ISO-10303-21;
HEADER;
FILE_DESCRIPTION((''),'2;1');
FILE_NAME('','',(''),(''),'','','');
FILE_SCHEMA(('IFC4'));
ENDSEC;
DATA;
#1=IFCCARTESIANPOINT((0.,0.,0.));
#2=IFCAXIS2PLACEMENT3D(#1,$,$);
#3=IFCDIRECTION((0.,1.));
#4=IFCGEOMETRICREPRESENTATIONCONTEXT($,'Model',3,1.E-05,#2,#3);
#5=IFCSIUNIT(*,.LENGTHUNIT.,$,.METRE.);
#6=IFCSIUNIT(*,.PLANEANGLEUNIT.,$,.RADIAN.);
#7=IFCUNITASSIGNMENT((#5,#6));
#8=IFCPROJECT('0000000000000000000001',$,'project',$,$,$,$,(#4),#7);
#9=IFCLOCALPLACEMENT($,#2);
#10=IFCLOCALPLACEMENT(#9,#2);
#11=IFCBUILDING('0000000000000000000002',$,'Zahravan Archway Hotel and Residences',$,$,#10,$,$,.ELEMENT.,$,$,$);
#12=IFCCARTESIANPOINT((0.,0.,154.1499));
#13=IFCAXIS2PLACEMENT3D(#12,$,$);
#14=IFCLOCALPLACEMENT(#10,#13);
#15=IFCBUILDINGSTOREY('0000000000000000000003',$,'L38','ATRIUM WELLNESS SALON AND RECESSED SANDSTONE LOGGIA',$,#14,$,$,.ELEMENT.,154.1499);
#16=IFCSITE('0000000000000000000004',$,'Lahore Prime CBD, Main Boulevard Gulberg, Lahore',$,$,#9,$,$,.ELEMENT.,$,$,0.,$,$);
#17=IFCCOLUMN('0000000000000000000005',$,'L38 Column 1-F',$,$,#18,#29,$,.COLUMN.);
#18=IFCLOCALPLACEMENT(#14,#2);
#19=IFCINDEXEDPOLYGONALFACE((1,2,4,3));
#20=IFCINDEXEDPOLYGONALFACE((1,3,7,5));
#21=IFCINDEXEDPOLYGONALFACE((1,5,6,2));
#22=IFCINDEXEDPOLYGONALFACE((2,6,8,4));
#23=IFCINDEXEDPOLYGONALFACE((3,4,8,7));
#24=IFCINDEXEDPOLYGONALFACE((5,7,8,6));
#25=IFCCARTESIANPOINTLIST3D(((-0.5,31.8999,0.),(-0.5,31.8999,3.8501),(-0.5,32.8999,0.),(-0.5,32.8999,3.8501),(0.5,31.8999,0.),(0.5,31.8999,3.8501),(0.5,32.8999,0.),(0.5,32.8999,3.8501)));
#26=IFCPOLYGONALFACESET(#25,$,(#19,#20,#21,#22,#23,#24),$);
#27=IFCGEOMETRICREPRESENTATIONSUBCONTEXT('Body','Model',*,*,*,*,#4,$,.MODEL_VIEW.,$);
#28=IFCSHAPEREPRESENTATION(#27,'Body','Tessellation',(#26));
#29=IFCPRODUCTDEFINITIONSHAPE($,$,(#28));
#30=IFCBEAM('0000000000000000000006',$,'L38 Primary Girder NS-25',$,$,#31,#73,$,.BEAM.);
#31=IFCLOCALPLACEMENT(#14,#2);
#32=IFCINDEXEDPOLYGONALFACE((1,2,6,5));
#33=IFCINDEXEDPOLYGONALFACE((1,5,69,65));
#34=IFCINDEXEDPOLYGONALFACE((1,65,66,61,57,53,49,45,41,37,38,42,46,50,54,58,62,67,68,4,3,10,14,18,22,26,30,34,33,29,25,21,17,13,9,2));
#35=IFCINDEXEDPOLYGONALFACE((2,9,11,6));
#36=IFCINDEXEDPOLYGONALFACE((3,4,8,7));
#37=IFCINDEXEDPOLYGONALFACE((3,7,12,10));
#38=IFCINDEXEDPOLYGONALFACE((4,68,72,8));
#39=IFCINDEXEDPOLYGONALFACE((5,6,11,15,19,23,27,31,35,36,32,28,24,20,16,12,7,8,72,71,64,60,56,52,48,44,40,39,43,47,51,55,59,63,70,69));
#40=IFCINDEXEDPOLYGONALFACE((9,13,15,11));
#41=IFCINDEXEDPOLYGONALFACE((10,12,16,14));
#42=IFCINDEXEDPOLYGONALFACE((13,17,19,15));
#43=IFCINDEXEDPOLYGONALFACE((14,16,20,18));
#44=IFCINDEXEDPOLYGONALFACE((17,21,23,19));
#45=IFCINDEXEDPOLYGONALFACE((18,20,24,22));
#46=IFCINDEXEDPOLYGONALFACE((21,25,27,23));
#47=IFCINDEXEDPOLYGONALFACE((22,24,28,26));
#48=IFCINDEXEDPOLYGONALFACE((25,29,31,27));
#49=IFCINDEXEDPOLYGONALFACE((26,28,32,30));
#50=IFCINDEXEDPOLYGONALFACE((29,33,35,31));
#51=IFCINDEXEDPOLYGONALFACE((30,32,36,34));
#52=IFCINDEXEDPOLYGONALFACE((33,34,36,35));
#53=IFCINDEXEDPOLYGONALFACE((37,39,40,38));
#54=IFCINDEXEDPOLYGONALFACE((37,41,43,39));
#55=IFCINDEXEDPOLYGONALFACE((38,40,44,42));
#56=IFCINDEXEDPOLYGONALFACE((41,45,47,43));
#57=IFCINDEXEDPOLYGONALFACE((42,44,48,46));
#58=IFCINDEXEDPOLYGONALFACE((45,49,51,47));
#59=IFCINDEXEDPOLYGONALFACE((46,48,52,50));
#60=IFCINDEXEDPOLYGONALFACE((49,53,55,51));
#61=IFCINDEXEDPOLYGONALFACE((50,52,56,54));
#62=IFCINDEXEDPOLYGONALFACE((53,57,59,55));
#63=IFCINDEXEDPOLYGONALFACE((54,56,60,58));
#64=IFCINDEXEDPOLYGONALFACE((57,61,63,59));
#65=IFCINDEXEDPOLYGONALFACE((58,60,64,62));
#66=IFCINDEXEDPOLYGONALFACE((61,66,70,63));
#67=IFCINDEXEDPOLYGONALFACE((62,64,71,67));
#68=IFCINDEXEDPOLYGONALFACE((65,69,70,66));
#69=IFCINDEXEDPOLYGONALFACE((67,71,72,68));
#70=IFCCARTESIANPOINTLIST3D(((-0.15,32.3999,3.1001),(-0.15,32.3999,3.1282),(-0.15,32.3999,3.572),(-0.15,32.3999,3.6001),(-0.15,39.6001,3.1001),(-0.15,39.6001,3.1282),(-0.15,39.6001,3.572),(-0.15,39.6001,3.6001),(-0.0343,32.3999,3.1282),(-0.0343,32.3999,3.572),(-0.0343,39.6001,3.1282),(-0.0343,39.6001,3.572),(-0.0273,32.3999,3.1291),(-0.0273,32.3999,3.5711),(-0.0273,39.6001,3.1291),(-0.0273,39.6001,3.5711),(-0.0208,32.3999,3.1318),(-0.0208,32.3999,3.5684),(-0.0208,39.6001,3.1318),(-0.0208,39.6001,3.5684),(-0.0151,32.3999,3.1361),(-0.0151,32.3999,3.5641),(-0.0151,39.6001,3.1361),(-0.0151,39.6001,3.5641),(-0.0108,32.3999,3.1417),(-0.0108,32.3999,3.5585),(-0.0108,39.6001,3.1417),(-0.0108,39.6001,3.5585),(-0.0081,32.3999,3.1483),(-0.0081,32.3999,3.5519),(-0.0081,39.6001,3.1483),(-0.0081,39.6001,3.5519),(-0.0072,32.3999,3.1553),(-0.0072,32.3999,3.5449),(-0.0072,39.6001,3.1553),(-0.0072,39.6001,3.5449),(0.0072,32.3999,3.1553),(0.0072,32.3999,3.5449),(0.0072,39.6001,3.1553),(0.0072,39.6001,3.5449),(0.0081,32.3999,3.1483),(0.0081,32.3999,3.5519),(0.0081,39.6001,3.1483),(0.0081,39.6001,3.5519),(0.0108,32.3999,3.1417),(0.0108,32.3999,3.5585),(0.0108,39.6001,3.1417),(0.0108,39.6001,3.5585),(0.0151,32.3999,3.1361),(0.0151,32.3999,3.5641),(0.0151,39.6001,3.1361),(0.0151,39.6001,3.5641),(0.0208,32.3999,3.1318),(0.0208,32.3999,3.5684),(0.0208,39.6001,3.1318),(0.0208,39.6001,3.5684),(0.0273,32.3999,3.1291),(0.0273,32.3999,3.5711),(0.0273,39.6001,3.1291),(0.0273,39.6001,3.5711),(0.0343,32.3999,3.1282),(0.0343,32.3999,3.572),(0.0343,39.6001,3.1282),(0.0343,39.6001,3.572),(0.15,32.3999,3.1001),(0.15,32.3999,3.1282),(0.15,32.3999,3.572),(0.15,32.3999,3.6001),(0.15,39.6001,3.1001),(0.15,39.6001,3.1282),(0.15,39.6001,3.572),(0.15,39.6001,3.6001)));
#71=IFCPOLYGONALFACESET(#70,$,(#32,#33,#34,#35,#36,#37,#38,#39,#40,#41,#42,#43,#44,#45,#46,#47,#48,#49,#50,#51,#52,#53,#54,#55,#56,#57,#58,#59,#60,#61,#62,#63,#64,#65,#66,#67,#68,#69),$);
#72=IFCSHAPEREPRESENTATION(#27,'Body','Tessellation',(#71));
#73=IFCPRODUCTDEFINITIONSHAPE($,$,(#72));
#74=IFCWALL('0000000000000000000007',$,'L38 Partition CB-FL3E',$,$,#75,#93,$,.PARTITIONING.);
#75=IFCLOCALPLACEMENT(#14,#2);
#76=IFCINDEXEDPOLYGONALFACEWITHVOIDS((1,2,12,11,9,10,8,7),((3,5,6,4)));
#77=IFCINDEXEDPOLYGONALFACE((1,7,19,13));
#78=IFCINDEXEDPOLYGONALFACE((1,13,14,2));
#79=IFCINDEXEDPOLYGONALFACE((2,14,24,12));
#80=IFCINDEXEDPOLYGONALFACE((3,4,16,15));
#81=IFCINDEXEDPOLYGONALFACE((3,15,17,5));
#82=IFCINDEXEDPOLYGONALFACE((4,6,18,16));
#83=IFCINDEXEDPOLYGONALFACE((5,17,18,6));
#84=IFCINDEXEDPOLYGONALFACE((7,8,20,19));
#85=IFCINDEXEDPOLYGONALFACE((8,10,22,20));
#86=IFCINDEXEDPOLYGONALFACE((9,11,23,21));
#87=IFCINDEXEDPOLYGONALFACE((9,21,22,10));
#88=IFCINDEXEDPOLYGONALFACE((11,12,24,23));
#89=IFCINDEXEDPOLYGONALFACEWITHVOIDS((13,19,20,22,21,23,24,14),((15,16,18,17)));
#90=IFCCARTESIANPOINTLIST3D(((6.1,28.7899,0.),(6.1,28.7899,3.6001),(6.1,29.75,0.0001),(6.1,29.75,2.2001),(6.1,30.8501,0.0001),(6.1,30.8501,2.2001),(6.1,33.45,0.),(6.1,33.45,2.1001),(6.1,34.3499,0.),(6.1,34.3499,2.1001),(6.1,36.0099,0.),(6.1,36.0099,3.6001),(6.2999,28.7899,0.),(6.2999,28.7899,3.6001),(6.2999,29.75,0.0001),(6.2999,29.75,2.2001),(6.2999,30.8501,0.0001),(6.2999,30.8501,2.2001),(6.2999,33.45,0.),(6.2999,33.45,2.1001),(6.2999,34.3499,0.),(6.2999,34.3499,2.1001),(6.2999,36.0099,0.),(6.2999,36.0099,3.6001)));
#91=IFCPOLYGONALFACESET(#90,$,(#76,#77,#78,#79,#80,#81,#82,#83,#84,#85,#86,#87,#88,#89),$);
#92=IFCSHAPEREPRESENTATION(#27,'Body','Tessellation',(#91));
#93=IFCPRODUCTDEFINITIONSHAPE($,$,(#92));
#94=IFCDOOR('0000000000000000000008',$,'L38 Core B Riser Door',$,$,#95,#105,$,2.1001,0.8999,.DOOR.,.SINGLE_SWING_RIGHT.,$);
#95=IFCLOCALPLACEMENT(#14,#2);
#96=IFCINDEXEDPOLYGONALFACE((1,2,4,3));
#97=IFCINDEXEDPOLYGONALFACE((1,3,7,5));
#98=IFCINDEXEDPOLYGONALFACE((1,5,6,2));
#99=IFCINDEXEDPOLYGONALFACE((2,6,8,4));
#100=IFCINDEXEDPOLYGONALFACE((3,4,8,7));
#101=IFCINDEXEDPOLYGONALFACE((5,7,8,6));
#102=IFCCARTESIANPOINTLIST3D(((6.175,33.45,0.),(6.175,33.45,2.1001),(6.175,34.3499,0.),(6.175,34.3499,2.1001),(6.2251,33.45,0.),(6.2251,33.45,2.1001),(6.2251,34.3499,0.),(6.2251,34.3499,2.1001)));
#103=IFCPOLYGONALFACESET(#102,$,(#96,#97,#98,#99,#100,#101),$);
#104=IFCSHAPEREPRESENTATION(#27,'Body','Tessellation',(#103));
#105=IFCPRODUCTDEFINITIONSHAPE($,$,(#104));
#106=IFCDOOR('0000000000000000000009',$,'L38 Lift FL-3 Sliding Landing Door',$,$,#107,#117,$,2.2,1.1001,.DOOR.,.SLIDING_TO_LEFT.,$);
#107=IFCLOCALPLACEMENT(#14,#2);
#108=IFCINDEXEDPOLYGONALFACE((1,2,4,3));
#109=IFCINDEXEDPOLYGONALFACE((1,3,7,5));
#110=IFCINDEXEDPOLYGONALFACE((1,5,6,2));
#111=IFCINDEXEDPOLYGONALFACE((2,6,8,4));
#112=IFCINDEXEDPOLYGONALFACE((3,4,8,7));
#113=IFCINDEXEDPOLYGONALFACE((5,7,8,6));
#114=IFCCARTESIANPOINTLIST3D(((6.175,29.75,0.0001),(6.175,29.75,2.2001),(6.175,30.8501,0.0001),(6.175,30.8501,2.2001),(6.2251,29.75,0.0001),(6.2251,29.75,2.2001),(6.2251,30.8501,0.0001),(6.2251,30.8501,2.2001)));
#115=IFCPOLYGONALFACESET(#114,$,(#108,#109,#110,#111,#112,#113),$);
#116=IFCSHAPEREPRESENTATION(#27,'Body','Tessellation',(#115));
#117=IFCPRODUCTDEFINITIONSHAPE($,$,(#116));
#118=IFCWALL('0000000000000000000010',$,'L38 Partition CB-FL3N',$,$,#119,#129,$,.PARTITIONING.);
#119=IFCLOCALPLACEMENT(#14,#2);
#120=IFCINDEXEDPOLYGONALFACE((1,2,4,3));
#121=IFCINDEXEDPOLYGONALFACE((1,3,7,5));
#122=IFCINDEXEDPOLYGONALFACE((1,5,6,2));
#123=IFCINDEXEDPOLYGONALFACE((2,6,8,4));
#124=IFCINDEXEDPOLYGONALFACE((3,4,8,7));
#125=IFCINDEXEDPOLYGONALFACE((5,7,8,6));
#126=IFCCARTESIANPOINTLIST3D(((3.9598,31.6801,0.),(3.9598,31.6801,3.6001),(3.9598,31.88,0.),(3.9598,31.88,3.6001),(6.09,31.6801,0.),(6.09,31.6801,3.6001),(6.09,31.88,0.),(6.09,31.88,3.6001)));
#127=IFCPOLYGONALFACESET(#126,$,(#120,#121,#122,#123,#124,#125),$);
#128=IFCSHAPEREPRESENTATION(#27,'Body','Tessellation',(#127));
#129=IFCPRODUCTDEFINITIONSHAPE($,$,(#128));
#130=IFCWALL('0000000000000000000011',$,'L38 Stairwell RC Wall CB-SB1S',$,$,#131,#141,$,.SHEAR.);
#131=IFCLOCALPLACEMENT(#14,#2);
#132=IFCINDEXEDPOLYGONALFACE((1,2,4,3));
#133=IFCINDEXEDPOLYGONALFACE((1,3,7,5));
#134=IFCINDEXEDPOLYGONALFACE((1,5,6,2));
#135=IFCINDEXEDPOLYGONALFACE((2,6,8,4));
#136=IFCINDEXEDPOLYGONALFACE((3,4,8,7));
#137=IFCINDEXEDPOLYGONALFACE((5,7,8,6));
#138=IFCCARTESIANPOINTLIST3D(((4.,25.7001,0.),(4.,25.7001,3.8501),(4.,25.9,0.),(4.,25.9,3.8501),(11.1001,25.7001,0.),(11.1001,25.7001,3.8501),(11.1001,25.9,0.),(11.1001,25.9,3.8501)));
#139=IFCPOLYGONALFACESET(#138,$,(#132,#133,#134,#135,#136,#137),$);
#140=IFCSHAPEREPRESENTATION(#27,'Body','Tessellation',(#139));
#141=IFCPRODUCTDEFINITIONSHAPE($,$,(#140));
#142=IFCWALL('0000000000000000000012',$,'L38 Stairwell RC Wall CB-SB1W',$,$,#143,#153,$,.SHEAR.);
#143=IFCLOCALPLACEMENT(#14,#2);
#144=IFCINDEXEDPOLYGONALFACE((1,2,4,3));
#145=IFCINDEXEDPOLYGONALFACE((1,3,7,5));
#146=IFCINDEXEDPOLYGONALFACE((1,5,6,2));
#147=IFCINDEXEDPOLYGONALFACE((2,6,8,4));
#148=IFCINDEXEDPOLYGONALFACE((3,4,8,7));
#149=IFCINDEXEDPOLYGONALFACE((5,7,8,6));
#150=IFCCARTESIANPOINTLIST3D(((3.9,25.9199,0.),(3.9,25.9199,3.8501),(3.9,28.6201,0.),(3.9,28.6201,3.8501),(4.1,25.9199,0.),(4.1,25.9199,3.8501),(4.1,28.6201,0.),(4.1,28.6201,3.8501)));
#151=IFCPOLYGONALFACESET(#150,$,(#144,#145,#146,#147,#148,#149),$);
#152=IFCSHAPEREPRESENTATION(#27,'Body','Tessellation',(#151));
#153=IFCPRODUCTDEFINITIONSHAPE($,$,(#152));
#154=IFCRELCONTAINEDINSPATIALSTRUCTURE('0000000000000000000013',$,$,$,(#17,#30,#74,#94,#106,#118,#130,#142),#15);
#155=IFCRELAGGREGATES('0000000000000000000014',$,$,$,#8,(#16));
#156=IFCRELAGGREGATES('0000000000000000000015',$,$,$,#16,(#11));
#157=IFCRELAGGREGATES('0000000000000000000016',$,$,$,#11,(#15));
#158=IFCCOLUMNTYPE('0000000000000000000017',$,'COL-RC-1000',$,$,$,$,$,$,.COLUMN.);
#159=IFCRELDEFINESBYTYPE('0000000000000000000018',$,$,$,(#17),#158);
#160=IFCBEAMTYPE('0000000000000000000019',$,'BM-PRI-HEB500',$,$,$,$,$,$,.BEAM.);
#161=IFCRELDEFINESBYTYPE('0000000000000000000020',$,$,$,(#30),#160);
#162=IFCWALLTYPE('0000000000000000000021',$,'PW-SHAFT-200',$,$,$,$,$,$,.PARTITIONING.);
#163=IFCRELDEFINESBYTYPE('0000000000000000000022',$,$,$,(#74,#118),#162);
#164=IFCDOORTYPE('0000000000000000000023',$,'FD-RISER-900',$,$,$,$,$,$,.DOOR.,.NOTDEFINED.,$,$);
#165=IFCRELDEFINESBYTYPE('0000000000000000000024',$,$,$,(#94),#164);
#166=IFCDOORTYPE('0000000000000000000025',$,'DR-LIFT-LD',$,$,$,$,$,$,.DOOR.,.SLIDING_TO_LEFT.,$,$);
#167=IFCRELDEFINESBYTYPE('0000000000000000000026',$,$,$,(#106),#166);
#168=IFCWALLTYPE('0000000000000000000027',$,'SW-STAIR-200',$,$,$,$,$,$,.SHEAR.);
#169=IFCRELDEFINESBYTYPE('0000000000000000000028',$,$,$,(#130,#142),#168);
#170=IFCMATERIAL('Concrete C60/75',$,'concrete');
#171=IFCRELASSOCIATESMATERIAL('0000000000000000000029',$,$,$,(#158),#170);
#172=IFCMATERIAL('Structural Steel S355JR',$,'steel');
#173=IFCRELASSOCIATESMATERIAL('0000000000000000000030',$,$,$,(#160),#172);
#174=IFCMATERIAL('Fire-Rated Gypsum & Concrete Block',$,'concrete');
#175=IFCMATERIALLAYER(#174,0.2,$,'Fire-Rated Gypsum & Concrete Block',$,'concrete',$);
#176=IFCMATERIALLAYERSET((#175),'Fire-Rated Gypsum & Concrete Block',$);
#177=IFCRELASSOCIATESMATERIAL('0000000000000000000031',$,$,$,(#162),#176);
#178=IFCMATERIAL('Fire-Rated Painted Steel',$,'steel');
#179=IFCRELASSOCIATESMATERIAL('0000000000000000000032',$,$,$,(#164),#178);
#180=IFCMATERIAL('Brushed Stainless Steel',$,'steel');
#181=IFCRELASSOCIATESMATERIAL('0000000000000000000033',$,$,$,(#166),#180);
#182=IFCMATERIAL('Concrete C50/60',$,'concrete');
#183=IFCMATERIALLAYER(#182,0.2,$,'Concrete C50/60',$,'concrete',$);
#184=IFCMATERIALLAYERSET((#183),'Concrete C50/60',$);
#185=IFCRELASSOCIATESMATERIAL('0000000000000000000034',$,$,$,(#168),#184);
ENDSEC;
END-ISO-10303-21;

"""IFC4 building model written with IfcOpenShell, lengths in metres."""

from ifc_helpers import new_model, si_unit, direction, frame, frame_2d, origin, origin_2d, place, context, subcontext, project, spatial, rectangle, i_section, extrude, source, transform, mapped, material, layer, layer_set, material_profile, profile_set, type_object, type_shapes, element, fill, save


model = new_model("IFC4")

# Units and contexts
model_context = context("Model", 3, precision=1e-05, world=origin(), true_north=direction((0.0, 1.0)))
body_context = subcontext(model_context, "Body", "Model", "MODEL_VIEW")
ifc_project = project(units=[si_unit("LENGTHUNIT", "METRE"), si_unit("PLANEANGLEUNIT", "RADIAN")], contexts=[model_context])

# Site, building, storey
site_placement = place(None, origin())
site = spatial("IfcSite", under=ifc_project, at=site_placement, Name="Lahore Prime CBD, Main Boulevard Gulberg, Lahore", CompositionType="ELEMENT", RefElevation=0.0)
building_placement = place(site_placement, origin())
building = spatial("IfcBuilding", under=site, at=building_placement, Name="Zahravan Archway Hotel and Residences", CompositionType="ELEMENT")
storey_placement = place(building_placement, frame((0.0, 0.0, 154.1499)))
storey = spatial("IfcBuildingStorey", under=building, at=storey_placement, Name="L38", Description="ATRIUM WELLNESS SALON AND RECESSED SANDSTONE LOGGIA", CompositionType="ELEMENT", Elevation=154.1499)

# Column
ifc_material_1 = material(Name="Concrete C60/75", Category="concrete")
ifc_material_profile_1 = material_profile(ifc_material_1, rectangle(XDim=1.0, YDim=1.0, at=origin_2d()), Name="RC-COL-1000x1000", Category="concrete")
ifc_profile_set_1 = profile_set([ifc_material_profile_1], Name="Concrete C60/75")
column_type = type_object("IfcColumnType", Name="COL-RC-1000", PredefinedType="COLUMN", material=ifc_profile_set_1)
shared_shape_1 = source(origin(), body_context, "Body", "SweptSolid", [
    extrude(rectangle(XDim=1.0, YDim=1.0, at=origin_2d()), origin(), (0.0, 0.0, 1.0), 3.8501),
])
column_placement = place(storey_placement, frame((0.0, 32.3999, 0.0), z_axis=(0.0, 0.0, 1.0), x_axis=(1.0, 0.0, 0.0)))
element("IfcColumn", 1, at=column_placement, inside=storey, type_object=column_type, Name="L38 Column 1-F", PredefinedType="COLUMN", context=body_context, shape_type="MappedRepresentation", body=[
    mapped(shared_shape_1, transform((0.0, 0.0, 0.0), scale=1.0)),
])

# Beam
ifc_material_2 = material(Name="Structural Steel S355JR", Category="steel")
ifc_material_profile_2 = material_profile(ifc_material_2, i_section(OverallWidth=0.3, OverallDepth=0.5, WebThickness=0.0144, FlangeThickness=0.0281, FilletRadius=0.0271, at=origin_2d()), Name="HEB 500", Category="steel")
ifc_profile_set_2 = profile_set([ifc_material_profile_2], Name="Structural Steel S355JR")
beam_type = type_object("IfcBeamType", Name="BM-PRI-HEB500", PredefinedType="BEAM", material=ifc_profile_set_2)
shared_shape_2 = source(origin(), body_context, "Body", "SweptSolid", [
    extrude(i_section(OverallWidth=0.3, OverallDepth=0.5, WebThickness=0.0144, FlangeThickness=0.0281, FilletRadius=0.0271, at=origin_2d()), origin(), (0.0, 0.0, 1.0), 7.2002),
])
type_shapes(beam_type, [shared_shape_2])
beam_placement = place(storey_placement, frame((0.0, 32.3999, 3.3501), z_axis=(0.0, 1.0, 0.0), x_axis=(-1.0, 0.0, 0.0)))
element("IfcBeam", 2, at=beam_placement, inside=storey, type_object=beam_type, Name="L38 Primary Girder NS-25", PredefinedType="BEAM", context=body_context, shape_type="MappedRepresentation", body=[
    mapped(shared_shape_2, transform((0.0, 0.0, 0.0), scale=1.0)),
])

# Wall, openings, doors
ifc_material_3 = material(Name="Fire-Rated Gypsum & Concrete Block", Category="concrete")
ifc_layer_1 = layer(ifc_material_3, 0.2, Name="Fire-Rated Gypsum & Concrete Block", Category="concrete")
ifc_layer_set_1 = layer_set([ifc_layer_1], Name="Fire-Rated Gypsum & Concrete Block")
wall_type_1 = type_object("IfcWallType", Name="PW-SHAFT-200", PredefinedType="PARTITIONING", material=ifc_layer_set_1)
wall_1_placement = place(storey_placement, frame((6.2, 28.79, 0.0), z_axis=(0.0, 0.0, 1.0), x_axis=(0.0, 1.0, 0.0)))
wall_1 = element("IfcWall", 3, at=wall_1_placement, inside=storey, type_object=wall_type_1, Name="L38 Partition CB-FL3E", PredefinedType="PARTITIONING", context=body_context, shape_type="SweptSolid", body=[
    extrude(rectangle(XDim=7.22, YDim=0.2, at=frame_2d((3.6099, 0.0))), origin(), (0.0, 0.0, 1.0), 3.6001),
])
opening_1_placement = place(wall_1_placement, frame((4.6599, 0.0, 0.0)))
opening_1 = element("IfcOpeningElement", 4, at=opening_1_placement, cuts=wall_1, PredefinedType="OPENING", context=body_context, shape_type="SweptSolid", body=[
    extrude(rectangle(XDim=0.8999, YDim=2.1001, at=frame_2d((0.45, 1.05))), frame((0.0, 0.1099, 0.0), z_axis=(0.0, -1.0, 0.0), x_axis=(1.0, 0.0, 0.0)), (0.0, 0.0, 1.0), 0.22),
])
opening_2_placement = place(wall_1_placement, frame((0.96, 0.0, 0.0)))
opening_2 = element("IfcOpeningElement", 5, at=opening_2_placement, cuts=wall_1, PredefinedType="OPENING", context=body_context, shape_type="SweptSolid", body=[
    extrude(rectangle(XDim=1.1001, YDim=2.2, at=frame_2d((0.55, 1.1001))), frame((0.0, 0.1099, 0.0), z_axis=(0.0, -1.0, 0.0), x_axis=(1.0, 0.0, 0.0)), (0.0, 0.0, 1.0), 0.22),
])
ifc_material_4 = material(Name="Fire-Rated Painted Steel", Category="steel")
door_type_1 = type_object("IfcDoorType", Name="FD-RISER-900", OperationType="NOTDEFINED", PredefinedType="DOOR", material=ifc_material_4)
shared_shape_3 = source(origin(), body_context, "Body", "SweptSolid", [
    extrude(rectangle(XDim=0.8999, YDim=2.1001, at=frame_2d((0.45, 1.05))), frame((0.0, 0.0249, 0.0), z_axis=(0.0, -1.0, 0.0), x_axis=(1.0, 0.0, 0.0)), (0.0, 0.0, 1.0), 0.05),
])
type_shapes(door_type_1, [shared_shape_3])
door_1_placement = place(opening_1_placement, origin())
door_1 = element("IfcDoor", 6, at=door_1_placement, inside=storey, type_object=door_type_1, Name="L38 Core B Riser Door", OperationType="SINGLE_SWING_RIGHT", OverallHeight=2.1001, OverallWidth=0.8999, PredefinedType="DOOR", context=body_context, shape_type="MappedRepresentation", body=[
    mapped(shared_shape_3, transform((0.0, 0.0, 0.0), scale=1.0)),
])
fill(opening_1, door_1)
ifc_material_5 = material(Name="Brushed Stainless Steel", Category="steel")
door_type_2 = type_object("IfcDoorType", Name="DR-LIFT-LD", OperationType="SLIDING_TO_LEFT", PredefinedType="DOOR", material=ifc_material_5)
shared_shape_4 = source(origin(), body_context, "Body", "SweptSolid", [
    extrude(rectangle(XDim=1.1001, YDim=2.2, at=frame_2d((0.55, 1.1001))), frame((0.0, 0.0249, 0.0), z_axis=(0.0, -1.0, 0.0), x_axis=(1.0, 0.0, 0.0)), (0.0, 0.0, 1.0), 0.05),
])
type_shapes(door_type_2, [shared_shape_4])
door_2_placement = place(opening_2_placement, origin())
door_2 = element("IfcDoor", 7, at=door_2_placement, inside=storey, type_object=door_type_2, Name="L38 Lift FL-3 Sliding Landing Door", OperationType="SLIDING_TO_LEFT", OverallHeight=2.2, OverallWidth=1.1001, PredefinedType="DOOR", context=body_context, shape_type="MappedRepresentation", body=[
    mapped(shared_shape_4, transform((0.0, 0.0, 0.0), scale=1.0)),
])
fill(opening_2, door_2)

# Walls
wall_2_placement = place(storey_placement, frame((3.96, 31.78, 0.0), z_axis=(0.0, 0.0, 1.0), x_axis=(1.0, 0.0, 0.0)))
element("IfcWall", 8, at=wall_2_placement, inside=storey, type_object=wall_type_1, Name="L38 Partition CB-FL3N", PredefinedType="PARTITIONING", context=body_context, shape_type="SweptSolid", body=[
    extrude(rectangle(XDim=2.1301, YDim=0.2, at=frame_2d((1.0649, 0.0))), origin(), (0.0, 0.0, 1.0), 3.6001),
])
ifc_material_6 = material(Name="Concrete C50/60", Category="concrete")
ifc_layer_2 = layer(ifc_material_6, 0.2, Name="Concrete C50/60", Category="concrete")
ifc_layer_set_2 = layer_set([ifc_layer_2], Name="Concrete C50/60")
wall_type_2 = type_object("IfcWallType", Name="SW-STAIR-200", PredefinedType="SHEAR", material=ifc_layer_set_2)
wall_3_placement = place(storey_placement, frame((4.0, 25.8, 0.0), z_axis=(0.0, 0.0, 1.0), x_axis=(1.0, 0.0, 0.0)))
element("IfcWall", 9, at=wall_3_placement, inside=storey, type_object=wall_type_2, Name="L38 Stairwell RC Wall CB-SB1S", PredefinedType="SHEAR", context=body_context, shape_type="SweptSolid", body=[
    extrude(rectangle(XDim=7.1001, YDim=0.2, at=frame_2d((3.55, 0.0))), origin(), (0.0, 0.0, 1.0), 3.8501),
])
wall_4_placement = place(storey_placement, frame((4.0, 25.9199, 0.0), z_axis=(0.0, 0.0, 1.0), x_axis=(0.0, 1.0, 0.0)))
element("IfcWall", 10, at=wall_4_placement, inside=storey, type_object=wall_type_2, Name="L38 Stairwell RC Wall CB-SB1W", PredefinedType="SHEAR", context=body_context, shape_type="SweptSolid", body=[
    extrude(rectangle(XDim=2.7002, YDim=0.2, at=frame_2d((1.3501, 0.0))), origin(), (0.0, 0.0, 1.0), 3.8501),
])

save(model, "model.ifc")
